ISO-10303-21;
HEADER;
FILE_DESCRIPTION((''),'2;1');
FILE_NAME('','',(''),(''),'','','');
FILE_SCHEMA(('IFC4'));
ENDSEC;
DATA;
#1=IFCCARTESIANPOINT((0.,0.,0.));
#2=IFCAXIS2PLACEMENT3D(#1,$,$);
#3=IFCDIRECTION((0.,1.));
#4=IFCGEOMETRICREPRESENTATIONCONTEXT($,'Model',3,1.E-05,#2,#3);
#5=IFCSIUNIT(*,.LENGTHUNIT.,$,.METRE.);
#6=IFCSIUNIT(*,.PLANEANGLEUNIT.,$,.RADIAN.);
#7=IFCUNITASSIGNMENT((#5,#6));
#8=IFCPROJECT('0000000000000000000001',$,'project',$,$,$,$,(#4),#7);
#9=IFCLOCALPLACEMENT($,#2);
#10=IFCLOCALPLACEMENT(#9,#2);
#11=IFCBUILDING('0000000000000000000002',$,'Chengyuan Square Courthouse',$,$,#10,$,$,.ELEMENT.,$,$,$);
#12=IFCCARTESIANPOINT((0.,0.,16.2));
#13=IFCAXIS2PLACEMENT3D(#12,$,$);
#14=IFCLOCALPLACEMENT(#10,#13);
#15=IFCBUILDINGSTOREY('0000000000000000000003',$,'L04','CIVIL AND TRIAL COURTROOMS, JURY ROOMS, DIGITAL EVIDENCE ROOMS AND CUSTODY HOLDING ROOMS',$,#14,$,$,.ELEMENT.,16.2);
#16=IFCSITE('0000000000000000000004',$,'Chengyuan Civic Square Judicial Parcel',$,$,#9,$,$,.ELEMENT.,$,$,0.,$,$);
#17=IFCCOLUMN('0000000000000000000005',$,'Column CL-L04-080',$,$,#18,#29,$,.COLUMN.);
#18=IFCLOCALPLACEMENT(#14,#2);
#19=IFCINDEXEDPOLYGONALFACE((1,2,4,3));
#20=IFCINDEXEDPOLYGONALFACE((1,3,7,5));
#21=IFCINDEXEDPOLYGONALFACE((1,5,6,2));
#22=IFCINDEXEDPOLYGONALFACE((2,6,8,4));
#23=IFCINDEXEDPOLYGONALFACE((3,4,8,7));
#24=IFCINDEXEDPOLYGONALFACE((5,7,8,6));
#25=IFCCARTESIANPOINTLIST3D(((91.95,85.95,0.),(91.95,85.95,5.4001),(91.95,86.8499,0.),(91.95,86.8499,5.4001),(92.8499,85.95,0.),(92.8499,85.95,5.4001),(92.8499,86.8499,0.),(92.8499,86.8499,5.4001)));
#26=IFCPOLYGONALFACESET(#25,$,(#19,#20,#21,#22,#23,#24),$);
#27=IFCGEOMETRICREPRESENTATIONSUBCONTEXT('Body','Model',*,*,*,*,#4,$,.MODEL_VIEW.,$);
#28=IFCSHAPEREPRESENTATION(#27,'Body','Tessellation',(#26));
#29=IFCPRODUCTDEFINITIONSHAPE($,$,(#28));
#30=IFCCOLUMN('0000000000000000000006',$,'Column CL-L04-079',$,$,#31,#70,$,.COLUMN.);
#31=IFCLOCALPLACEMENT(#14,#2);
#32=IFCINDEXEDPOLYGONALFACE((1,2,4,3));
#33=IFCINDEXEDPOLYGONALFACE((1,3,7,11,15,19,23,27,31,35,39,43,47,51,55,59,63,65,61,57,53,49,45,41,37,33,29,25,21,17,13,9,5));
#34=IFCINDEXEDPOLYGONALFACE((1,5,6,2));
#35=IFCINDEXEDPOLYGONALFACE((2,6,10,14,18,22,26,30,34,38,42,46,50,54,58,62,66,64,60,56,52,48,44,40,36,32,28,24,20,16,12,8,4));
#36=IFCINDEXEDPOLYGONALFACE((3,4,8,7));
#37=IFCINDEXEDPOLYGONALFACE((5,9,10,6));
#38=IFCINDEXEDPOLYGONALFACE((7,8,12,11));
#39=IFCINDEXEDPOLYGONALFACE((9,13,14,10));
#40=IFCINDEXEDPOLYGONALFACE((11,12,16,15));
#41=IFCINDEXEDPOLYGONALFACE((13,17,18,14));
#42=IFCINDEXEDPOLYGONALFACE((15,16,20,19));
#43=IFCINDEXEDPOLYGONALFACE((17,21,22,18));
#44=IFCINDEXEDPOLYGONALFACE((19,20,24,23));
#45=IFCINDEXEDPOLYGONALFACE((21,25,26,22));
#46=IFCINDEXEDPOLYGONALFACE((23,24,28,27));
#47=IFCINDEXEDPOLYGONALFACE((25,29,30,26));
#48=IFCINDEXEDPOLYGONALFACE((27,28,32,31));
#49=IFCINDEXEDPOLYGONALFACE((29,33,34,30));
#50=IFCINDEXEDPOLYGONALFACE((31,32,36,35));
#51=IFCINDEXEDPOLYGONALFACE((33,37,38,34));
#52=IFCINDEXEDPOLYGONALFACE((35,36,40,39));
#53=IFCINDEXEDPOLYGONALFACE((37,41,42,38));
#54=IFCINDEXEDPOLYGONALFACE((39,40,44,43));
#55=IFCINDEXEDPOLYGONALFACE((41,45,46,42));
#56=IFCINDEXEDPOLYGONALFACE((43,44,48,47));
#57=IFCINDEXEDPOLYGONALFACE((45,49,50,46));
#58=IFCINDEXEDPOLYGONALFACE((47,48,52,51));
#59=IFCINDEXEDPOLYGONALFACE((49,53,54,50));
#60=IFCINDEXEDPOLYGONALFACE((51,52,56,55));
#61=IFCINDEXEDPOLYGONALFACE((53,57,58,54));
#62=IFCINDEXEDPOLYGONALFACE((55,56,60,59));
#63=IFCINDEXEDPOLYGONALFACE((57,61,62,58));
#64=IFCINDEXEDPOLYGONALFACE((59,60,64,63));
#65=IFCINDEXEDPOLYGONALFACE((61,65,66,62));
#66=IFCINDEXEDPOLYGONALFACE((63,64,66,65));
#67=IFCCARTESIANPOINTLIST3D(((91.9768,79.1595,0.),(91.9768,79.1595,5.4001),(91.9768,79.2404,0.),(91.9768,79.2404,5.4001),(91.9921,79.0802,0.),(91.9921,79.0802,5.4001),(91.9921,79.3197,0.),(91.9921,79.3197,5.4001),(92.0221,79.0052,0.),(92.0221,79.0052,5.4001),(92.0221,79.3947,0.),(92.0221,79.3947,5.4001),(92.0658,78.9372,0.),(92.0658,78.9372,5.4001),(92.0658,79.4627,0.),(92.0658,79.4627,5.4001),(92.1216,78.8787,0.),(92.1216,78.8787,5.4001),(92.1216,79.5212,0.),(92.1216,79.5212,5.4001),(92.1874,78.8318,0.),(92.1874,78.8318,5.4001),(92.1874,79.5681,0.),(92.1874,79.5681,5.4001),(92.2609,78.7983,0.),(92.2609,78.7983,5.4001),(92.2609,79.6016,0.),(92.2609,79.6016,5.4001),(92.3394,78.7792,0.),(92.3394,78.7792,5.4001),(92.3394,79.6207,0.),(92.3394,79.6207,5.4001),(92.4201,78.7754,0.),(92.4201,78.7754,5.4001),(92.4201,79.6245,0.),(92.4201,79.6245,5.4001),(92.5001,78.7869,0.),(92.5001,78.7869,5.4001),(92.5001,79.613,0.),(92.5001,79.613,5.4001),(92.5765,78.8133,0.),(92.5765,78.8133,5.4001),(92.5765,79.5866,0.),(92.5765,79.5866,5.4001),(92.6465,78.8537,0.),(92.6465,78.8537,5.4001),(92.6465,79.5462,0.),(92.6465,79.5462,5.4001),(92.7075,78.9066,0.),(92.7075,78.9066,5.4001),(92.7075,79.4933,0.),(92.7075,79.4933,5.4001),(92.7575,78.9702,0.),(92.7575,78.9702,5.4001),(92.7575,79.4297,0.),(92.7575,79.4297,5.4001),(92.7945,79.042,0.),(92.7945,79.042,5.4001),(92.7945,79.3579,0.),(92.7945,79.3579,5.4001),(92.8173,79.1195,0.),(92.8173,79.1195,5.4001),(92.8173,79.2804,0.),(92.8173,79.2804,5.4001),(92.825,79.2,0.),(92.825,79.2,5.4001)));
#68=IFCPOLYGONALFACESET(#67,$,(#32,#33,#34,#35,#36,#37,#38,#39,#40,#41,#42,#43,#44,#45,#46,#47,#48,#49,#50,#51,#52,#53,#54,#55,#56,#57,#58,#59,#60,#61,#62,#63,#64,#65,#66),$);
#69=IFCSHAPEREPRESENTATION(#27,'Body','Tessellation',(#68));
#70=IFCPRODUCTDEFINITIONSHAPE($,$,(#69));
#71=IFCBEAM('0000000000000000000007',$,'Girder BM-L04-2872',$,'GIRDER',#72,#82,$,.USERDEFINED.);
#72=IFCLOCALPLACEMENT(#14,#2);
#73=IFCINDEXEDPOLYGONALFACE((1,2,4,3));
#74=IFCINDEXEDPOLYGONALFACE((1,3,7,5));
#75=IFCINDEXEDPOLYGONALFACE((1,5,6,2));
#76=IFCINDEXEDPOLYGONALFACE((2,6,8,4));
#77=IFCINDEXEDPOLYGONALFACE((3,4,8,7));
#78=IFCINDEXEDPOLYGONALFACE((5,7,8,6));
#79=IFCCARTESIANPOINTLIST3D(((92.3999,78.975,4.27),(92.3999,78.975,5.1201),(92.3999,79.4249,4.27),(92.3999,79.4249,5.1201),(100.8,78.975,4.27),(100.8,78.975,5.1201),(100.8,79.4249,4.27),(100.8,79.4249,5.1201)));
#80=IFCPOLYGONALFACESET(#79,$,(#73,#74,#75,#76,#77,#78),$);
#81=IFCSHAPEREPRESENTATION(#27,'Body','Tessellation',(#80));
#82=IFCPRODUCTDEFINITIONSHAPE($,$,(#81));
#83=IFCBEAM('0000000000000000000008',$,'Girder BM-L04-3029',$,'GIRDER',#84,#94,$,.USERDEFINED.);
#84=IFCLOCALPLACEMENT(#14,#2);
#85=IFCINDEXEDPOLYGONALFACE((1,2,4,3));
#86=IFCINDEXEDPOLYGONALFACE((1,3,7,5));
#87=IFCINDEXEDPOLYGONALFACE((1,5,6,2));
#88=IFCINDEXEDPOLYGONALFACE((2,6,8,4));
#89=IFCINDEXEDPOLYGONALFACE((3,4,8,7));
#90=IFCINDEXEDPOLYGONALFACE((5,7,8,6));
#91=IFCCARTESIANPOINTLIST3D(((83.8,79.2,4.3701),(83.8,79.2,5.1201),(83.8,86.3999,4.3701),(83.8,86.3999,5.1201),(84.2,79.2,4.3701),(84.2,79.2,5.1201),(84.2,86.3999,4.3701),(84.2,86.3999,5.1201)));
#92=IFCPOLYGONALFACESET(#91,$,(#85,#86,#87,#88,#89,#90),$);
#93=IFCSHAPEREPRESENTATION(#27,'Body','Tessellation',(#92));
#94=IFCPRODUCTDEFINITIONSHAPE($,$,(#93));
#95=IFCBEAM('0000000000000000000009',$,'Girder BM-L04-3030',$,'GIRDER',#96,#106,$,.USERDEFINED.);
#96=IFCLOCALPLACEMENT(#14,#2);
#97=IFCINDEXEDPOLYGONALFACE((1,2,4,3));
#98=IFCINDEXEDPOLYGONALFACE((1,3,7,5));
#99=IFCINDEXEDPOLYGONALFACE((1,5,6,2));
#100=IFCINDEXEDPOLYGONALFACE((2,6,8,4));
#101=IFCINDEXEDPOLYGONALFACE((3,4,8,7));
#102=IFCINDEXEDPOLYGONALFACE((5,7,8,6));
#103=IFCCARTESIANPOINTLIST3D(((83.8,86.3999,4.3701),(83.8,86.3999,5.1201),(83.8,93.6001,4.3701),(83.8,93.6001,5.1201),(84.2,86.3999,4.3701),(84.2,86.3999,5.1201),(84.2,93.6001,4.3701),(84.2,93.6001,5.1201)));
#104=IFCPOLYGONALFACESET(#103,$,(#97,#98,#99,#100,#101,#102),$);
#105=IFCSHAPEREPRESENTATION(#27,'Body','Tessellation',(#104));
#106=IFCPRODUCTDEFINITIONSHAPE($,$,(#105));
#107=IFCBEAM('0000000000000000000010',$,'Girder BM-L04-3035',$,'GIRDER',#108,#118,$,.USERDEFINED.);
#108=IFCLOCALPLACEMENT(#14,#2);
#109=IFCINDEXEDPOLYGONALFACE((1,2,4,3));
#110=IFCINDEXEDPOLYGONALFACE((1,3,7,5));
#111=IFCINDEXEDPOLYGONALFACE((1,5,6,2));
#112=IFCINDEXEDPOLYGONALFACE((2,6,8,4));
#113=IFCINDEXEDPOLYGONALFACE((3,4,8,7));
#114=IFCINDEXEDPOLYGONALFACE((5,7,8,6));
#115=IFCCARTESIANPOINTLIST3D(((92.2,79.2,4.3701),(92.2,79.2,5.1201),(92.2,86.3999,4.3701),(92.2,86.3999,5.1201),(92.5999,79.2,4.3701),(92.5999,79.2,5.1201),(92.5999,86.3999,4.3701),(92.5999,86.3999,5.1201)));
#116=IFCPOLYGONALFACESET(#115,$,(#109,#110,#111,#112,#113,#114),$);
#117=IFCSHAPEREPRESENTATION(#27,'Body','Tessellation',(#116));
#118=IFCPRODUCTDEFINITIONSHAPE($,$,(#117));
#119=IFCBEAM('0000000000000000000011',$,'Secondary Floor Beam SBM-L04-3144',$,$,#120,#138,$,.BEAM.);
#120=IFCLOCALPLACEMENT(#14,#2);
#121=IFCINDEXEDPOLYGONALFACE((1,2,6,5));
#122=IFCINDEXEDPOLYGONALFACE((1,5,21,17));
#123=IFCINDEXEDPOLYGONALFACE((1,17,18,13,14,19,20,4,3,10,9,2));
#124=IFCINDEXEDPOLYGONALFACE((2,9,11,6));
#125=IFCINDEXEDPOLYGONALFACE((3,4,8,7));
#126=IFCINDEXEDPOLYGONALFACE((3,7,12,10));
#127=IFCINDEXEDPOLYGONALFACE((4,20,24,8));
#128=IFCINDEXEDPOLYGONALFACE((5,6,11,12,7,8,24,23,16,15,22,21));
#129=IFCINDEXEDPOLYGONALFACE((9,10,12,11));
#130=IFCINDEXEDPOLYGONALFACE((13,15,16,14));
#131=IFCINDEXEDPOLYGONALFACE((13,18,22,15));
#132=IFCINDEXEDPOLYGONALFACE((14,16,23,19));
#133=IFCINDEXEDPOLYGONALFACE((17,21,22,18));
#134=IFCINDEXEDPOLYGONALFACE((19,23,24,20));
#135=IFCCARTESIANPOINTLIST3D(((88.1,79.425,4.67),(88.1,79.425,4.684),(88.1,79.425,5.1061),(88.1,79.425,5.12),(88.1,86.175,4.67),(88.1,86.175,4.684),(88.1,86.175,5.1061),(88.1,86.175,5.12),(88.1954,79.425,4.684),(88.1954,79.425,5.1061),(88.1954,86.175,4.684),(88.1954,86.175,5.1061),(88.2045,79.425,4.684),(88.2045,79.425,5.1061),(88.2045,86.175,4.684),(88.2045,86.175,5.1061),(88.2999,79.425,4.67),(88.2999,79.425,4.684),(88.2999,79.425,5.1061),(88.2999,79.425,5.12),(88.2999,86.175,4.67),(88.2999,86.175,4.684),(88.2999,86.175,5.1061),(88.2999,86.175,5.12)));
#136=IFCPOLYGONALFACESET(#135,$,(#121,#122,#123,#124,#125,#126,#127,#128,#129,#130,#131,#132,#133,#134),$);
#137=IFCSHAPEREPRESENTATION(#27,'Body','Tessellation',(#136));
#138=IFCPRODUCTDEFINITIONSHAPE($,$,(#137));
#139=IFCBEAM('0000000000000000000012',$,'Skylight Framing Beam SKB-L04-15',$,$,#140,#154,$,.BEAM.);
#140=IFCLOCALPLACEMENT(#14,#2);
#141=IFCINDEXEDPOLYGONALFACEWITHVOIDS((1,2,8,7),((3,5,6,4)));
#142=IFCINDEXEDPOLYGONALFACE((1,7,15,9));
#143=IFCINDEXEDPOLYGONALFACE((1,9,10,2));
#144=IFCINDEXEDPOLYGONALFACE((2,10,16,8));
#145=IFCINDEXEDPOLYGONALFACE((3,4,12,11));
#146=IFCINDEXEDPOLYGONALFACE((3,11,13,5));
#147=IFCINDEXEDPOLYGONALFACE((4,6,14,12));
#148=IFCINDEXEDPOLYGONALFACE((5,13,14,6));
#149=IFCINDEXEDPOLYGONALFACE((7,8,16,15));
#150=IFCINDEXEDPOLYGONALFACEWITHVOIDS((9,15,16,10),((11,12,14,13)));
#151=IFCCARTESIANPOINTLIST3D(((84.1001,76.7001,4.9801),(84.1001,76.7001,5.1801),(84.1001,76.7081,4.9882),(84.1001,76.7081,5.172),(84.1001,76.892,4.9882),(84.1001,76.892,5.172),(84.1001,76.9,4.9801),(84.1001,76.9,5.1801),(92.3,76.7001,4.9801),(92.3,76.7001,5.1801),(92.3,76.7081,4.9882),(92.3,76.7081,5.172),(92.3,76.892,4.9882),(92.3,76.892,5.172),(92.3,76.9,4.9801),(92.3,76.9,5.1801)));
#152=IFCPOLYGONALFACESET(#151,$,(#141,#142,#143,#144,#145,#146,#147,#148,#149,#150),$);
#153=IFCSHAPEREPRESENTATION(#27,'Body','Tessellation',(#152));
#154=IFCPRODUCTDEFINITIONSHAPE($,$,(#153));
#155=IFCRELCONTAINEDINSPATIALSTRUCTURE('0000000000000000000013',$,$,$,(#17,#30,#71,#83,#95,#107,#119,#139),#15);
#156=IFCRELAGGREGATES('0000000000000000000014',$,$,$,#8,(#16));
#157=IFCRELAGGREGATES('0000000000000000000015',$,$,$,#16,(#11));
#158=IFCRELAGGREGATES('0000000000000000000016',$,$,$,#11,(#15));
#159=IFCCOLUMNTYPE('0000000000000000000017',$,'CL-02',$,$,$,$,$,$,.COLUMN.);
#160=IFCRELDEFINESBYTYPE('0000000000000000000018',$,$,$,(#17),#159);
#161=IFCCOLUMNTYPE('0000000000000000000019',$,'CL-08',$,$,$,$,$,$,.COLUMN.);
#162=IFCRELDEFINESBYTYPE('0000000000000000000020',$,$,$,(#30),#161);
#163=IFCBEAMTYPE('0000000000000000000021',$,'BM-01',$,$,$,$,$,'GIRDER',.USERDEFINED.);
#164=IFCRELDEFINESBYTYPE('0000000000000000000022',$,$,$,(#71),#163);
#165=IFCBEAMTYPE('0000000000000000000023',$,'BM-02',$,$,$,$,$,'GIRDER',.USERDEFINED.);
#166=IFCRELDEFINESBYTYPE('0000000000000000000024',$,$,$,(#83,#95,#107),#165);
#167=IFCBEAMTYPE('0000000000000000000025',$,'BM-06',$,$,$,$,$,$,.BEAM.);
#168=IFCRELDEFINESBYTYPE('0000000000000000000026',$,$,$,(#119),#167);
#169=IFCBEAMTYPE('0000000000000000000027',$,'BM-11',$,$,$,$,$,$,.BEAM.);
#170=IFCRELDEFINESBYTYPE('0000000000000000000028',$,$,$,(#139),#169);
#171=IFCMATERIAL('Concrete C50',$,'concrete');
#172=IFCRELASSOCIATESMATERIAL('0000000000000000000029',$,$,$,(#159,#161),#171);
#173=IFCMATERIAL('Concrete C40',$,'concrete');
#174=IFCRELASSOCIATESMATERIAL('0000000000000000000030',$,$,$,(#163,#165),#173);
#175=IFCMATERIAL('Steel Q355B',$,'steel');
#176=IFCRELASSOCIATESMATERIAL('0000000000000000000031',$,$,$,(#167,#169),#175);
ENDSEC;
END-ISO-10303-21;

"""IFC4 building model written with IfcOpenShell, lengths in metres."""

from ifc_helpers import new_model, si_unit, direction, frame, origin, origin_2d, place, context, subcontext, project, spatial, rectangle, hollow_rectangle, circle, i_section, extrude, material, material_profile, profile_set, type_object, element, save


model = new_model("IFC4")

# Units and contexts
model_context = context("Model", 3, precision=1e-05, world=origin(), true_north=direction((0.0, 1.0)))
body_context = subcontext(model_context, "Body", "Model", "MODEL_VIEW")
ifc_project = project(units=[si_unit("LENGTHUNIT", "METRE"), si_unit("PLANEANGLEUNIT", "RADIAN")], contexts=[model_context])

# Site, building, storey
site_placement = place(None, origin())
site = spatial("IfcSite", under=ifc_project, at=site_placement, Name="Chengyuan Civic Square Judicial Parcel", CompositionType="ELEMENT", RefElevation=0.0)
building_placement = place(site_placement, origin())
building = spatial("IfcBuilding", under=site, at=building_placement, Name="Chengyuan Square Courthouse", CompositionType="ELEMENT")
storey_placement = place(building_placement, frame((0.0, 0.0, 16.2)))
storey = spatial("IfcBuildingStorey", under=building, at=storey_placement, Name="L04", Description="CIVIL AND TRIAL COURTROOMS, JURY ROOMS, DIGITAL EVIDENCE ROOMS AND CUSTODY HOLDING ROOMS", CompositionType="ELEMENT", Elevation=16.2)

# Columns
ifc_material_1 = material(Name="Concrete C50", Category="concrete")
ifc_material_profile_1 = material_profile(ifc_material_1, rectangle(XDim=0.8999, YDim=0.8999, at=origin_2d()), Name="RC-COL-900x900")
ifc_profile_set_1 = profile_set([ifc_material_profile_1], Name="Concrete C50")
column_type_1 = type_object("IfcColumnType", Name="CL-02", PredefinedType="COLUMN", material=ifc_profile_set_1)
column_1_placement = place(storey_placement, frame((92.3999, 86.3999, 0.0), z_axis=(0.0, 0.0, 1.0), x_axis=(1.0, 0.0, 0.0)))
element("IfcColumn", 1, at=column_1_placement, inside=storey, type_object=column_type_1, Name="Column CL-L04-080", PredefinedType="COLUMN", context=body_context, shape_type="SweptSolid", body=[
    extrude(rectangle(XDim=0.8999, YDim=0.8999, at=origin_2d()), origin(), (0.0, 0.0, 1.0), 5.4001),
])
ifc_material_profile_2 = material_profile(ifc_material_1, circle(Radius=0.425, at=origin_2d()), Name="RC-COL-D850")
ifc_profile_set_2 = profile_set([ifc_material_profile_2], Name="Concrete C50")
column_type_2 = type_object("IfcColumnType", Name="CL-08", PredefinedType="COLUMN", material=ifc_profile_set_2)
column_2_placement = place(storey_placement, frame((92.3999, 79.2, 0.0), z_axis=(0.0, 0.0, 1.0), x_axis=(1.0, 0.0, 0.0)))
element("IfcColumn", 2, at=column_2_placement, inside=storey, type_object=column_type_2, Name="Column CL-L04-079", PredefinedType="COLUMN", context=body_context, shape_type="SweptSolid", body=[
    extrude(circle(Radius=0.425, at=origin_2d()), origin(), (0.0, 0.0, 1.0), 5.4001),
])

# Beams
ifc_material_2 = material(Name="Concrete C40", Category="concrete")
ifc_material_profile_3 = material_profile(ifc_material_2, rectangle(XDim=0.45, YDim=0.8501, at=origin_2d()), Name="RC-BM-450x850")
ifc_profile_set_3 = profile_set([ifc_material_profile_3], Name="Concrete C40")
beam_type_1 = type_object("IfcBeamType", Name="BM-01", ElementType="GIRDER", PredefinedType="USERDEFINED", material=ifc_profile_set_3)
beam_1_placement = place(storey_placement, frame((92.3999, 79.2, 4.6951), z_axis=(1.0, 0.0, 0.0), x_axis=(0.0, 1.0, 0.0)))
element("IfcBeam", 3, at=beam_1_placement, inside=storey, type_object=beam_type_1, Name="Girder BM-L04-2872", ObjectType="GIRDER", PredefinedType="USERDEFINED", context=body_context, shape_type="SweptSolid", body=[
    extrude(rectangle(XDim=0.45, YDim=0.8501, at=origin_2d()), origin(), (0.0, 0.0, 1.0), 8.4001),
])
ifc_material_profile_4 = material_profile(ifc_material_2, rectangle(XDim=0.3999, YDim=0.75, at=origin_2d()), Name="RC-BM-400x750")
ifc_profile_set_4 = profile_set([ifc_material_profile_4], Name="Concrete C40")
beam_type_2 = type_object("IfcBeamType", Name="BM-02", ElementType="GIRDER", PredefinedType="USERDEFINED", material=ifc_profile_set_4)
beam_2_placement = place(storey_placement, frame((84.0, 79.2, 4.7451), z_axis=(0.0, 1.0, 0.0), x_axis=(-1.0, 0.0, 0.0)))
element("IfcBeam", 4, at=beam_2_placement, inside=storey, type_object=beam_type_2, Name="Girder BM-L04-3029", ObjectType="GIRDER", PredefinedType="USERDEFINED", context=body_context, shape_type="SweptSolid", body=[
    extrude(rectangle(XDim=0.3999, YDim=0.75, at=origin_2d()), origin(), (0.0, 0.0, 1.0), 7.2),
])
beam_3_placement = place(storey_placement, frame((84.0, 86.3999, 4.7451), z_axis=(0.0, 1.0, 0.0), x_axis=(-1.0, 0.0, 0.0)))
element("IfcBeam", 5, at=beam_3_placement, inside=storey, type_object=beam_type_2, Name="Girder BM-L04-3030", ObjectType="GIRDER", PredefinedType="USERDEFINED", context=body_context, shape_type="SweptSolid", body=[
    extrude(rectangle(XDim=0.3999, YDim=0.75, at=origin_2d()), origin(), (0.0, 0.0, 1.0), 7.2002),
])
beam_4_placement = place(storey_placement, frame((92.3999, 79.2, 4.7451), z_axis=(0.0, 1.0, 0.0), x_axis=(-1.0, 0.0, 0.0)))
element("IfcBeam", 6, at=beam_4_placement, inside=storey, type_object=beam_type_2, Name="Girder BM-L04-3035", ObjectType="GIRDER", PredefinedType="USERDEFINED", context=body_context, shape_type="SweptSolid", body=[
    extrude(rectangle(XDim=0.3999, YDim=0.75, at=origin_2d()), origin(), (0.0, 0.0, 1.0), 7.2),
])
ifc_material_3 = material(Name="Steel Q355B", Category="steel")
ifc_material_profile_5 = material_profile(ifc_material_3, i_section(OverallWidth=0.2, OverallDepth=0.45, WebThickness=0.009, FlangeThickness=0.0139, at=origin_2d()), Name="HN 450x200x9x14")
ifc_profile_set_5 = profile_set([ifc_material_profile_5], Name="Steel Q355B")
beam_type_3 = type_object("IfcBeamType", Name="BM-06", PredefinedType="BEAM", material=ifc_profile_set_5)
beam_5_placement = place(storey_placement, frame((88.2, 79.425, 4.895), z_axis=(0.0, 1.0, 0.0), x_axis=(-1.0, 0.0, 0.0)))
element("IfcBeam", 7, at=beam_5_placement, inside=storey, type_object=beam_type_3, Name="Secondary Floor Beam SBM-L04-3144", PredefinedType="BEAM", context=body_context, shape_type="SweptSolid", body=[
    extrude(i_section(OverallWidth=0.2, OverallDepth=0.45, WebThickness=0.009, FlangeThickness=0.0139, at=origin_2d()), origin(), (0.0, 0.0, 1.0), 6.75),
])
ifc_material_profile_6 = material_profile(ifc_material_3, hollow_rectangle(XDim=0.2, YDim=0.2, WallThickness=0.0081, at=origin_2d()), Name="SHS 200x200x8")
ifc_profile_set_6 = profile_set([ifc_material_profile_6], Name="Steel Q355B")
beam_type_4 = type_object("IfcBeamType", Name="BM-11", PredefinedType="BEAM", material=ifc_profile_set_6)
beam_6_placement = place(storey_placement, frame((84.1001, 76.8, 5.0801), z_axis=(1.0, 0.0, 0.0), x_axis=(0.0, 1.0, 0.0)))
element("IfcBeam", 8, at=beam_6_placement, inside=storey, type_object=beam_type_4, Name="Skylight Framing Beam SKB-L04-15", PredefinedType="BEAM", context=body_context, shape_type="SweptSolid", body=[
    extrude(hollow_rectangle(XDim=0.2, YDim=0.2, WallThickness=0.0081, at=origin_2d()), origin(), (0.0, 0.0, 1.0), 8.2),
])

save(model, "model.ifc")
